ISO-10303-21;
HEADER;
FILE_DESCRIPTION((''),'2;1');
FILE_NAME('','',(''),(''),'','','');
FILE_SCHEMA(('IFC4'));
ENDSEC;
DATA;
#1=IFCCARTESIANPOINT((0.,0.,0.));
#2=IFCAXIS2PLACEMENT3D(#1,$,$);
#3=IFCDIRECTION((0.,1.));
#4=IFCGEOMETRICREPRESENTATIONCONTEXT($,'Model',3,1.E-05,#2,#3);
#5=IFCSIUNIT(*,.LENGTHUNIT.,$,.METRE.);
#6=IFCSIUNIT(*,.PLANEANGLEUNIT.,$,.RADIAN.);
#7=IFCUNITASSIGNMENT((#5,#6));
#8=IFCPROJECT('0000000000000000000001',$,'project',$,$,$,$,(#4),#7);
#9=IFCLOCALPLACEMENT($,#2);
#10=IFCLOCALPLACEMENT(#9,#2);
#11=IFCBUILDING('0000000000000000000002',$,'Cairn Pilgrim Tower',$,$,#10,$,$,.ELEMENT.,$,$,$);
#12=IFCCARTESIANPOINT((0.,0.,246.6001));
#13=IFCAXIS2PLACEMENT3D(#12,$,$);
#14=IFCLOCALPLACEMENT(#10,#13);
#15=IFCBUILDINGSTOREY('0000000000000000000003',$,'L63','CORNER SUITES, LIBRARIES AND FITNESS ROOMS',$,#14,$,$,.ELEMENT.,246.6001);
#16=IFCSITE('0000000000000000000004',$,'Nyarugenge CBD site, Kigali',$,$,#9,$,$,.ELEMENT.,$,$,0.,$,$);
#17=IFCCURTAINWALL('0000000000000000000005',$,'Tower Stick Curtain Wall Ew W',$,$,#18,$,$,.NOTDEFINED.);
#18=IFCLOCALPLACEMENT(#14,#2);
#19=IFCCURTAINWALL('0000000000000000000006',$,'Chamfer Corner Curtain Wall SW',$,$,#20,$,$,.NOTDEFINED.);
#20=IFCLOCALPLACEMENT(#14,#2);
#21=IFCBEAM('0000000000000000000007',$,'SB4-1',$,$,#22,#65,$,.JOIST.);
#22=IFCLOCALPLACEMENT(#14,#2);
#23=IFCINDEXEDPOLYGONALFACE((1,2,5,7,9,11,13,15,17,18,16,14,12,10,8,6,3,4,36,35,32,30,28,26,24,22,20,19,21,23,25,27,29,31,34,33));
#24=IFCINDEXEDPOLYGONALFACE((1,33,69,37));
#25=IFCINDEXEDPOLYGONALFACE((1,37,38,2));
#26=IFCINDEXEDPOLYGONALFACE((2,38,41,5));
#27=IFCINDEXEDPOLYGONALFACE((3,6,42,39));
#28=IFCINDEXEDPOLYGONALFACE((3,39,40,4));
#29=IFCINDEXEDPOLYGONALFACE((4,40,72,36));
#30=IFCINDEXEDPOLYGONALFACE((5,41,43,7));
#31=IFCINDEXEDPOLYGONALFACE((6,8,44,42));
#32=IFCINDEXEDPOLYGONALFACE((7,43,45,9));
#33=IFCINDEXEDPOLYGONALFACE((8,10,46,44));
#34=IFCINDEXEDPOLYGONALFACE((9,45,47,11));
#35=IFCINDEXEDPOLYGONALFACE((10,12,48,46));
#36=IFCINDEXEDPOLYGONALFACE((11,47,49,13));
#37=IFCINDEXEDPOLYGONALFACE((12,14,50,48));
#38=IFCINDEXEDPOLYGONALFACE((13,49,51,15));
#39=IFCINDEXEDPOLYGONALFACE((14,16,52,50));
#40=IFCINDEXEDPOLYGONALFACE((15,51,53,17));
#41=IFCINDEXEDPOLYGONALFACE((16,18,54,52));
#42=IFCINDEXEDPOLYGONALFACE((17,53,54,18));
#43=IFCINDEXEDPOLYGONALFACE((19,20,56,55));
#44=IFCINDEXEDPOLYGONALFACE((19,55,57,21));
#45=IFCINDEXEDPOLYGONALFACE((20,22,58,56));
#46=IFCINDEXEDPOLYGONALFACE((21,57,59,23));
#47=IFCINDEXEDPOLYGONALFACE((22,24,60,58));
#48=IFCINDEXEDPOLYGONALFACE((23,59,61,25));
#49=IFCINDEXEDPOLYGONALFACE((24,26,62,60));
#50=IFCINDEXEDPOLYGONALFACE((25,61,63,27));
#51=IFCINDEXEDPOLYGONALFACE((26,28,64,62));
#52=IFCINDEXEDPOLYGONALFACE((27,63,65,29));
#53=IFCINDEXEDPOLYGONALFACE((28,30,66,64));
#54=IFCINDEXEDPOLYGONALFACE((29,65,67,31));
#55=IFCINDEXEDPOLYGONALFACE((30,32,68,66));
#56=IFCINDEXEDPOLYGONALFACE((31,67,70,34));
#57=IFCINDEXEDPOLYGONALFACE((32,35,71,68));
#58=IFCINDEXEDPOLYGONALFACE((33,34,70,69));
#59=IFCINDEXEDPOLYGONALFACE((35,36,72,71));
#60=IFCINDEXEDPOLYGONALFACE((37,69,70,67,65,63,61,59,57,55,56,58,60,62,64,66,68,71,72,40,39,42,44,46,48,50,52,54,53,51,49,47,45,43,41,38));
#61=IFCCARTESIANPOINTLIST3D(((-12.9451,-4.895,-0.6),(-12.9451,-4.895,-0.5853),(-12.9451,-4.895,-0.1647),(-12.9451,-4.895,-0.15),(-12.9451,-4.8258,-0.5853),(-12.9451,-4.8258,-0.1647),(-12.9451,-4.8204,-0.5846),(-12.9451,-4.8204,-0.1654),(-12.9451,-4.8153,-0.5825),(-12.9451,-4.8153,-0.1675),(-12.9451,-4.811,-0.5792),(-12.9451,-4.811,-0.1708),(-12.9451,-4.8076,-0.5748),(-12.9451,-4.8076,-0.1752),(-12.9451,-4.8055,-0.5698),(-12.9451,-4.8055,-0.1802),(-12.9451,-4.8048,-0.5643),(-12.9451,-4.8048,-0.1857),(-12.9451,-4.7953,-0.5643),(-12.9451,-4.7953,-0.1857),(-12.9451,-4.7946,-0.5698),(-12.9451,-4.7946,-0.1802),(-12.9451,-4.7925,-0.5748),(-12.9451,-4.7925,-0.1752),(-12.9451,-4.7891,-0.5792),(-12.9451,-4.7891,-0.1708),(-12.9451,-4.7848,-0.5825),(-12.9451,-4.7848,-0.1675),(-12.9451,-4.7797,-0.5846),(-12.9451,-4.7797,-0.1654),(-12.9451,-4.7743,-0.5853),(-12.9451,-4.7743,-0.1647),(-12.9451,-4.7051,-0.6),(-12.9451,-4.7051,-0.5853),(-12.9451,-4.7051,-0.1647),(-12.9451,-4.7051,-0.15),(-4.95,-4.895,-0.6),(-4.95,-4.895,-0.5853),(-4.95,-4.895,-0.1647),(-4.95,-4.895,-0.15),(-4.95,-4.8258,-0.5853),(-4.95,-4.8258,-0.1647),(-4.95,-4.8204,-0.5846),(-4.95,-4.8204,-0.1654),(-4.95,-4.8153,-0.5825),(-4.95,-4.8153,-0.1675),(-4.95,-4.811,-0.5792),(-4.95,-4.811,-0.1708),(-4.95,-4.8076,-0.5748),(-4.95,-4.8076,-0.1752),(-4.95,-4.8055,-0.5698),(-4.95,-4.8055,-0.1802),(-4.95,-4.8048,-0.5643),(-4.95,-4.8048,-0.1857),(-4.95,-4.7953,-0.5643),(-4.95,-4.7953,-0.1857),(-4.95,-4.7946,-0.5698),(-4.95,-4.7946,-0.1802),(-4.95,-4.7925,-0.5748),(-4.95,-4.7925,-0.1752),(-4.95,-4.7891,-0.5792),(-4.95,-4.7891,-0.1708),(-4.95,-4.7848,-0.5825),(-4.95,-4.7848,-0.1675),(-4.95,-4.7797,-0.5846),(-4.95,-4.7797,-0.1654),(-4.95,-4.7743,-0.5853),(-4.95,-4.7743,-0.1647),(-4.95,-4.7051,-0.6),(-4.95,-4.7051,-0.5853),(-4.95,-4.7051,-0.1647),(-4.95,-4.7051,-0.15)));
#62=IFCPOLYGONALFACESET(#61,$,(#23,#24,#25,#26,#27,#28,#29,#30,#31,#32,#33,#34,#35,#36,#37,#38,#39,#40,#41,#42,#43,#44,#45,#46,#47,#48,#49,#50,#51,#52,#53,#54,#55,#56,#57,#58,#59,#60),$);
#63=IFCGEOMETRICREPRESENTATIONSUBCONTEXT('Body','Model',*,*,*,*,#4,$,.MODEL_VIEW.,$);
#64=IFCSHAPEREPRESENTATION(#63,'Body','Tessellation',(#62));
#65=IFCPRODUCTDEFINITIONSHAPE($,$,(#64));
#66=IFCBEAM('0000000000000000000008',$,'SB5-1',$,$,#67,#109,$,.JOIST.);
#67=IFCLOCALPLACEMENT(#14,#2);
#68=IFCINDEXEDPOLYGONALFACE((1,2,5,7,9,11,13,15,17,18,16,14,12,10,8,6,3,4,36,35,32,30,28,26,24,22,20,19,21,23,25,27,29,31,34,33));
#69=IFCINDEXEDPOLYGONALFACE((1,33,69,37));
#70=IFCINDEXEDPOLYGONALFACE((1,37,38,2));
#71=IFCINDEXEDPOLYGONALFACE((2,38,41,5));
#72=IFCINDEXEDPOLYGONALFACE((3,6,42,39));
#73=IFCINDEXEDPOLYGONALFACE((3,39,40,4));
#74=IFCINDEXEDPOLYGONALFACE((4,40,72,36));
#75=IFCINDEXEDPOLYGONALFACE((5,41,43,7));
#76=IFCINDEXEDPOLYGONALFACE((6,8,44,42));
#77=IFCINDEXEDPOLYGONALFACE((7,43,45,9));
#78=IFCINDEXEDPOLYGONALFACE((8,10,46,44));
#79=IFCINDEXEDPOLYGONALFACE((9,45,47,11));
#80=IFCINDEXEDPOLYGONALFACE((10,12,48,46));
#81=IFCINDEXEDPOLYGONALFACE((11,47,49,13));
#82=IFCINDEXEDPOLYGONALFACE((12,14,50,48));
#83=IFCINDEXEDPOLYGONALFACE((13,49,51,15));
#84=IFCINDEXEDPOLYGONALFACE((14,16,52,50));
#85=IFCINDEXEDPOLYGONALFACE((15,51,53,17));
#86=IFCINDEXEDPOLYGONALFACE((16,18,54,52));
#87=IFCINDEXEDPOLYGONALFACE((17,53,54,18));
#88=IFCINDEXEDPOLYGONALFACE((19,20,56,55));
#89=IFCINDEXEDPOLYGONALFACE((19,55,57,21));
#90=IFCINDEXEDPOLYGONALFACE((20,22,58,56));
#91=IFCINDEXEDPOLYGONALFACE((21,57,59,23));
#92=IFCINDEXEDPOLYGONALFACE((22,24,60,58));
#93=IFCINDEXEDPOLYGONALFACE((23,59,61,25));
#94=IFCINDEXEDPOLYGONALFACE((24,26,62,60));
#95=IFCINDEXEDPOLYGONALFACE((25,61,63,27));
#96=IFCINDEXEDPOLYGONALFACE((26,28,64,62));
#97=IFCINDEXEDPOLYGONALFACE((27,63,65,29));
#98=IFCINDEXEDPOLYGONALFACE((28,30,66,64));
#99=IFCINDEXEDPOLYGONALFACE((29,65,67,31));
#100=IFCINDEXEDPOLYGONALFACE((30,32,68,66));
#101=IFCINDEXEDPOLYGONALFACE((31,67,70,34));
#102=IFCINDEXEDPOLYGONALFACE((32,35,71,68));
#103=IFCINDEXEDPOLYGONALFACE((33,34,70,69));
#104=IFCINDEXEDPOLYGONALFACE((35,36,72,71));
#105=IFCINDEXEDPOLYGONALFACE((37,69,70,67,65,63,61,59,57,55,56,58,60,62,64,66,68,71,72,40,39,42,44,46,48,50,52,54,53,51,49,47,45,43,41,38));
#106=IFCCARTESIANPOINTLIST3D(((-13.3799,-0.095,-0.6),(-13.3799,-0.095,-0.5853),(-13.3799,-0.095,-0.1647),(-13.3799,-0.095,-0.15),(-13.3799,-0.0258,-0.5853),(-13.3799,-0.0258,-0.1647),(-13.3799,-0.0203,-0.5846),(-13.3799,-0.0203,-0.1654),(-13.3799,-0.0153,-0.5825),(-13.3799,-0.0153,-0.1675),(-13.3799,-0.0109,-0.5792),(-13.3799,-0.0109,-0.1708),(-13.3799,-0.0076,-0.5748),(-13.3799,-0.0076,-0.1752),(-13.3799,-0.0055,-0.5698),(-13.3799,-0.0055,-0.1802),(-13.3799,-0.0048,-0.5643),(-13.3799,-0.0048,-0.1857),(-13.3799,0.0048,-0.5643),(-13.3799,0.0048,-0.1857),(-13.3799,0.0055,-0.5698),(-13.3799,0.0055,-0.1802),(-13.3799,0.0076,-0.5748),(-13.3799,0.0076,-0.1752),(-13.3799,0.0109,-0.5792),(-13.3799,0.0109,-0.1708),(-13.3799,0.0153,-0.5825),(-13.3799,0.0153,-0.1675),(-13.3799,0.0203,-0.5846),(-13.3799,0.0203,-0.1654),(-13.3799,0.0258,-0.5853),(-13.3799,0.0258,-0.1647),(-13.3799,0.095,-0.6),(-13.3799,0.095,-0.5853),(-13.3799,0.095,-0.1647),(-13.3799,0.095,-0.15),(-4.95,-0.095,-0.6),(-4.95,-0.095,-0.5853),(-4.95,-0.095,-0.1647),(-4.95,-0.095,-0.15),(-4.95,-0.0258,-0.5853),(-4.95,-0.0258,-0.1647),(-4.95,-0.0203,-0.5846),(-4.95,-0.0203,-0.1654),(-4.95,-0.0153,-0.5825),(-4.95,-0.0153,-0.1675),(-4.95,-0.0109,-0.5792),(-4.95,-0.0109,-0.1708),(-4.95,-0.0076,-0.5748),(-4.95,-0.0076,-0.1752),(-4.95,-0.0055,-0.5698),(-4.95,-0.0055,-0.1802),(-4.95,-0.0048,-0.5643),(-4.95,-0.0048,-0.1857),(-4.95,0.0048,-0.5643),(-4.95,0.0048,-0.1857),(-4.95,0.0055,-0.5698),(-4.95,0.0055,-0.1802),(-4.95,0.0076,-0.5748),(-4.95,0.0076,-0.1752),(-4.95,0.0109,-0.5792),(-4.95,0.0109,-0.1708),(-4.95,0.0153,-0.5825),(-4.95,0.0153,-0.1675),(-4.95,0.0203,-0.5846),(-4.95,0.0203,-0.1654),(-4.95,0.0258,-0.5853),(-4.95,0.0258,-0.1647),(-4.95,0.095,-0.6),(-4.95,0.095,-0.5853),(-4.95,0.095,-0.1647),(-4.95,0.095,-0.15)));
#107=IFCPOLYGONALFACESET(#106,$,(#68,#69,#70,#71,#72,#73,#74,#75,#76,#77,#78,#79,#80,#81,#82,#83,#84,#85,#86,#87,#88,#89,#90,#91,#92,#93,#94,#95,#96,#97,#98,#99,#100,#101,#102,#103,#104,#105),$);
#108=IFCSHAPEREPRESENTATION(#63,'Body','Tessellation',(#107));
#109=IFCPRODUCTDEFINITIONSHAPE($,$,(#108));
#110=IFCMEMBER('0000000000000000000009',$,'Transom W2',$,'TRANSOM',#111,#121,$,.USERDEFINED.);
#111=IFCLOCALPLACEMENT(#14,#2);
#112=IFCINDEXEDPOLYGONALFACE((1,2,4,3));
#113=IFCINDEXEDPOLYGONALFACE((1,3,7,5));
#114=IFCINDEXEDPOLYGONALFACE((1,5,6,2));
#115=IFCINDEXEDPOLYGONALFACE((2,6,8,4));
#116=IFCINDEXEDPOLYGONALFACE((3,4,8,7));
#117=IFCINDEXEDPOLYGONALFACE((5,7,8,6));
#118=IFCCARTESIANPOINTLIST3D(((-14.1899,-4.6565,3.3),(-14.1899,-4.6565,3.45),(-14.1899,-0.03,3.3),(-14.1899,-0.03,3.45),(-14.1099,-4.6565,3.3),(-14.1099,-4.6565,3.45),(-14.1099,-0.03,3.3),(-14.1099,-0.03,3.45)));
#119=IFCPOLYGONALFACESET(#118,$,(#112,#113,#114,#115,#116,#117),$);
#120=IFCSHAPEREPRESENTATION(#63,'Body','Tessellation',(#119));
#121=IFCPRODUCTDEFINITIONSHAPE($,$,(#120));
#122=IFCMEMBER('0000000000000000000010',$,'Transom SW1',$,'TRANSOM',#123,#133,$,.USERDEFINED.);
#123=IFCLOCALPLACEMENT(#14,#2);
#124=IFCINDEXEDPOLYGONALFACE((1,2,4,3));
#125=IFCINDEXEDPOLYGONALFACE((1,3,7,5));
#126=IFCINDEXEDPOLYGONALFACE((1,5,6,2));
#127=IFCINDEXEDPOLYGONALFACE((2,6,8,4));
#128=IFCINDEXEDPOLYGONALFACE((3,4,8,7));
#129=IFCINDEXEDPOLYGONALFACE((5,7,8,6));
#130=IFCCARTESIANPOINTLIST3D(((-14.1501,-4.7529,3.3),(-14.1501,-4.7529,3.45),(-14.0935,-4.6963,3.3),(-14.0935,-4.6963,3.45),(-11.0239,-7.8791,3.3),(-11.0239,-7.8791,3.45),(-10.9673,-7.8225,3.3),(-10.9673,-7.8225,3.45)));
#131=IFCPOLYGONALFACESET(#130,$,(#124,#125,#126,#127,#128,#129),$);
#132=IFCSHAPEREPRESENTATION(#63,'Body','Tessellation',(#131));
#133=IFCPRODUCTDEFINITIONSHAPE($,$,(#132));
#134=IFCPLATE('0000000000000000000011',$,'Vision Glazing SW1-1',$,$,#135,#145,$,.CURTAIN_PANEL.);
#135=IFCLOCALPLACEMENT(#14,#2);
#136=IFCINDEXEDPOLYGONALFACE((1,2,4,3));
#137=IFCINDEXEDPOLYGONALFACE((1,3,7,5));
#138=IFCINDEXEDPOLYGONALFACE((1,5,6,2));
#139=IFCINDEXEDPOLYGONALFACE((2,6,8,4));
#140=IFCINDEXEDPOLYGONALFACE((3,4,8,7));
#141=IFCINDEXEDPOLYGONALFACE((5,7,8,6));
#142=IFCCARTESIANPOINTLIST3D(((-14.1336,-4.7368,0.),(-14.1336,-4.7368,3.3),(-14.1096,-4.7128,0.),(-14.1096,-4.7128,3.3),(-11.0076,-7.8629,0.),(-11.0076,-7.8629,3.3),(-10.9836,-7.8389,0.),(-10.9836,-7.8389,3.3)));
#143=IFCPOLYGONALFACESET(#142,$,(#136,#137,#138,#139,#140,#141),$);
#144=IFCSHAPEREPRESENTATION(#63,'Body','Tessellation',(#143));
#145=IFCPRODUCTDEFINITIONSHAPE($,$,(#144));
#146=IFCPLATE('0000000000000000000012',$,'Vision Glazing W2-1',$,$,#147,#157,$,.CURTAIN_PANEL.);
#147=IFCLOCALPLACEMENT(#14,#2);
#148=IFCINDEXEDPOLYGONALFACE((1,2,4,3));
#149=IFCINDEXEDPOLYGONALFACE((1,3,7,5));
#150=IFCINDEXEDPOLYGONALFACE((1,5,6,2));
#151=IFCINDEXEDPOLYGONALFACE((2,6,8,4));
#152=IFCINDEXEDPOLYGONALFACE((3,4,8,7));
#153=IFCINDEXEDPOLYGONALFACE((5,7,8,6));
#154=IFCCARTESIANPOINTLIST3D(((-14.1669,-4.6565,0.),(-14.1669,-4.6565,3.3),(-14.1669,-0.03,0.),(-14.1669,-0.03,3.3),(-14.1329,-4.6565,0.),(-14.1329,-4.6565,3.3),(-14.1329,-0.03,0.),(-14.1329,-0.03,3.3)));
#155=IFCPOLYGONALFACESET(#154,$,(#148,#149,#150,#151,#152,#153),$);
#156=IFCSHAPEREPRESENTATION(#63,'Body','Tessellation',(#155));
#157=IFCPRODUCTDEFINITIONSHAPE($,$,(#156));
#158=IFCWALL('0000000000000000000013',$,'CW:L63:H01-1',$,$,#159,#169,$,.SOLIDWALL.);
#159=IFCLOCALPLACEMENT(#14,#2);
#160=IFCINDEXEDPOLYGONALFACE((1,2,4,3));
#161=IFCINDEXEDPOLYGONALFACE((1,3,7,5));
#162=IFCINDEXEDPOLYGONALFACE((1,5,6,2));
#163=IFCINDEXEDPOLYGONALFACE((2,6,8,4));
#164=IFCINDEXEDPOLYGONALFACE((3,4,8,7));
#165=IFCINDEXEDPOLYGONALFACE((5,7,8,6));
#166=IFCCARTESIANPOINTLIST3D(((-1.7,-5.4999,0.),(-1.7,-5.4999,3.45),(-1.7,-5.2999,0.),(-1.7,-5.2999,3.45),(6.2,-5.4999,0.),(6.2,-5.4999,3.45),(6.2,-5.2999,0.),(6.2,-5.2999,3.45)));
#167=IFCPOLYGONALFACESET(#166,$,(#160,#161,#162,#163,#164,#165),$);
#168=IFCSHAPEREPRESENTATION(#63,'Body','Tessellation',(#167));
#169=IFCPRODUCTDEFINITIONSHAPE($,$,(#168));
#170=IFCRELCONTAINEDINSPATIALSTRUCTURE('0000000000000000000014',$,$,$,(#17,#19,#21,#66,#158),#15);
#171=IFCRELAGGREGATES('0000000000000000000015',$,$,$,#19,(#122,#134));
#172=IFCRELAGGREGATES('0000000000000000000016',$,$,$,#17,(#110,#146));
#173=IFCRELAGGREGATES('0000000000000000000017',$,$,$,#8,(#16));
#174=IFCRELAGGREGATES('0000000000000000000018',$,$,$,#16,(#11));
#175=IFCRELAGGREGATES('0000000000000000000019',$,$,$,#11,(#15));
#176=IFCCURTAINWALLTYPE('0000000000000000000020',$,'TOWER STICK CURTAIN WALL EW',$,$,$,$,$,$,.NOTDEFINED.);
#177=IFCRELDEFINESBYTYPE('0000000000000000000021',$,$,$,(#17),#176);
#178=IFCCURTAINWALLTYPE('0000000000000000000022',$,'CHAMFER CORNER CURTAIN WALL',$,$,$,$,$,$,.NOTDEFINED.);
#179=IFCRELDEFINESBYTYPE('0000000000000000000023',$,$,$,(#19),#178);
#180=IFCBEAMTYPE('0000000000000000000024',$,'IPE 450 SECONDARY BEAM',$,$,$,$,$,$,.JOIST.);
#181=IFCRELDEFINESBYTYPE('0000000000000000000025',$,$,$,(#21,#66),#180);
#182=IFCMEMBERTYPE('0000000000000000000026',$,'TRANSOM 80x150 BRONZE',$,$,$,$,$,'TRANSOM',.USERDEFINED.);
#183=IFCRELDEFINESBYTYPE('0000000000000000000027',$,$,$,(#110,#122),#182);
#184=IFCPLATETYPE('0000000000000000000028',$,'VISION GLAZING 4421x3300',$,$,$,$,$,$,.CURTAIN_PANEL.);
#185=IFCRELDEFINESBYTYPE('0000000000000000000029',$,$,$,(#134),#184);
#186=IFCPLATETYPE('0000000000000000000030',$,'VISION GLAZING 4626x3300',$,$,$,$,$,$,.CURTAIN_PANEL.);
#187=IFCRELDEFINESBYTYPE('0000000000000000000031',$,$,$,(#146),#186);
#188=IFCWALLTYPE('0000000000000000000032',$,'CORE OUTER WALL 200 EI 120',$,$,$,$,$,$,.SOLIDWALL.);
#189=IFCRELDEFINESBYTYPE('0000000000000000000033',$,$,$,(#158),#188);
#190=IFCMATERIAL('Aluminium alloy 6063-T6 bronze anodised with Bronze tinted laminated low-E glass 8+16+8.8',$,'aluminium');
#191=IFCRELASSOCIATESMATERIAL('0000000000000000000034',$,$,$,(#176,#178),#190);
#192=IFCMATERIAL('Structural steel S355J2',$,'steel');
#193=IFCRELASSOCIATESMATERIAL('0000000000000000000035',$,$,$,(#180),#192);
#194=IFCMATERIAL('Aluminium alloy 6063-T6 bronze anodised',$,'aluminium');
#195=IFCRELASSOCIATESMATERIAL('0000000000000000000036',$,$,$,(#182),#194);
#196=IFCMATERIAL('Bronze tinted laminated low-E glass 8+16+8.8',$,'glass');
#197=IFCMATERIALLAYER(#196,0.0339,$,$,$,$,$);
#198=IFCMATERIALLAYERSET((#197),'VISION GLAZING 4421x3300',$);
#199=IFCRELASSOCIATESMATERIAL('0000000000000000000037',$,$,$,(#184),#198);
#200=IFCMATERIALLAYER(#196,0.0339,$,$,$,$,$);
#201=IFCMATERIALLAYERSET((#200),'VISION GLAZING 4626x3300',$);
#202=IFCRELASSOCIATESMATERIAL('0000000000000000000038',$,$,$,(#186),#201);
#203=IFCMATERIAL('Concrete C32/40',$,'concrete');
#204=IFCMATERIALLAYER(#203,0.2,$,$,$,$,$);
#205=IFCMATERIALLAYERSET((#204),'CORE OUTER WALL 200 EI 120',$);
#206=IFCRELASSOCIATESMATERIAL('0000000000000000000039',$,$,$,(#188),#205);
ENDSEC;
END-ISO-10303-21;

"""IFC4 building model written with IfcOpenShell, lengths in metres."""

from ifc_helpers import new_model, si_unit, direction, frame, frame_2d, origin, origin_2d, place, context, subcontext, project, spatial, rectangle, i_section, extrude, material, layer, layer_set, material_profile, profile_set, type_object, element, aggregate, save


model = new_model("IFC4")

# Units and contexts
model_context = context("Model", 3, precision=1e-05, world=origin(), true_north=direction((0.0, 1.0)))
body_context = subcontext(model_context, "Body", "Model", "MODEL_VIEW")
ifc_project = project(units=[si_unit("LENGTHUNIT", "METRE"), si_unit("PLANEANGLEUNIT", "RADIAN")], contexts=[model_context])

# Site, building, storey
site_placement = place(None, origin())
site = spatial("IfcSite", under=ifc_project, at=site_placement, Name="Nyarugenge CBD site, Kigali", CompositionType="ELEMENT", RefElevation=0.0)
building_placement = place(site_placement, origin())
building = spatial("IfcBuilding", under=site, at=building_placement, Name="Cairn Pilgrim Tower", CompositionType="ELEMENT")
storey_placement = place(building_placement, frame((0.0, 0.0, 246.6001)))
storey = spatial("IfcBuildingStorey", under=building, at=storey_placement, Name="L63", Description="CORNER SUITES, LIBRARIES AND FITNESS ROOMS", CompositionType="ELEMENT", Elevation=246.6001)

# Shared definitions
ifc_material_1 = material(Name="Structural steel S355J2", Category="steel")

# Curtain wall
ifc_material_2 = material(Name="Aluminium alloy 6063-T6 bronze anodised with Bronze tinted laminated low-E glass 8+16+8.8", Category="aluminium")
curtain_wall_type_1 = type_object("IfcCurtainWallType", Name="TOWER STICK CURTAIN WALL EW", PredefinedType="NOTDEFINED", material=ifc_material_2)
curtain_wall_1_placement = place(storey_placement, origin())
curtain_wall_1 = element("IfcCurtainWall", 1, at=curtain_wall_1_placement, inside=storey, type_object=curtain_wall_type_1, Name="Tower Stick Curtain Wall Ew W", PredefinedType="NOTDEFINED")
ifc_material_3 = material(Name="Aluminium alloy 6063-T6 bronze anodised", Category="aluminium")

# Curtain wall
curtain_wall_type_2 = type_object("IfcCurtainWallType", Name="CHAMFER CORNER CURTAIN WALL", PredefinedType="NOTDEFINED", material=ifc_material_2)
curtain_wall_2_placement = place(storey_placement, origin())
curtain_wall_2 = element("IfcCurtainWall", 2, at=curtain_wall_2_placement, inside=storey, type_object=curtain_wall_type_2, Name="Chamfer Corner Curtain Wall SW", PredefinedType="NOTDEFINED")

# Beams
ifc_material_profile_1 = material_profile(ifc_material_1, i_section(OverallWidth=0.1899, OverallDepth=0.45, WebThickness=0.0095, FlangeThickness=0.0146, FilletRadius=0.021, at=origin_2d()), Name="IPE 450")
ifc_profile_set_1 = profile_set([ifc_material_profile_1], Name="Structural steel S355J2")
beam_type_1 = type_object("IfcBeamType", Name="IPE 450 SECONDARY BEAM", PredefinedType="JOIST", material=ifc_profile_set_1)
beam_1_placement = place(storey_placement, frame((-12.9451, -4.8, -0.375), z_axis=(1.0, 0.0, 0.0), x_axis=(0.0, 1.0, 0.0)))
element("IfcBeam", 3, at=beam_1_placement, inside=storey, type_object=beam_type_1, Name="SB4-1", PredefinedType="JOIST", context=body_context, shape_type="SweptSolid", body=[
    extrude(i_section(OverallWidth=0.1899, OverallDepth=0.45, WebThickness=0.0095, FlangeThickness=0.0146, FilletRadius=0.021, at=origin_2d()), origin(), (0.0, 0.0, 1.0), 7.9951),
])
beam_2_placement = place(storey_placement, frame((-13.3799, 0.0, -0.375), z_axis=(1.0, 0.0, 0.0), x_axis=(0.0, 1.0, 0.0)))
element("IfcBeam", 4, at=beam_2_placement, inside=storey, type_object=beam_type_1, Name="SB5-1", PredefinedType="JOIST", context=body_context, shape_type="SweptSolid", body=[
    extrude(i_section(OverallWidth=0.1899, OverallDepth=0.45, WebThickness=0.0095, FlangeThickness=0.0146, FilletRadius=0.021, at=origin_2d()), origin(), (0.0, 0.0, 1.0), 8.4299),
])

# Members
ifc_material_profile_2 = material_profile(ifc_material_3, rectangle(XDim=0.0801, YDim=0.1499, at=origin_2d()), Name="TRANSOM 80x150 BRONZE")
ifc_profile_set_2 = profile_set([ifc_material_profile_2], Name="Aluminium alloy 6063-T6 bronze anodised")
member_type_1 = type_object("IfcMemberType", Name="TRANSOM 80x150 BRONZE", ElementType="TRANSOM", PredefinedType="USERDEFINED", material=ifc_profile_set_2)
member_1_placement = place(storey_placement, frame((-14.1499, -0.03, 3.375), z_axis=(0.0, -1.0, 0.0), x_axis=(1.0, 0.0, 0.0)))
member_1 = element("IfcMember", 5, at=member_1_placement, type_object=member_type_1, Name="Transom W2", ObjectType="TRANSOM", PredefinedType="USERDEFINED", context=body_context, shape_type="SweptSolid", body=[
    extrude(rectangle(XDim=0.0801, YDim=0.1499, at=origin_2d()), origin(), (0.0, 0.0, 1.0), 4.6265),
])
member_2_placement = place(storey_placement, frame((-14.1218, -4.7246, 3.375), z_axis=(0.707107, -0.707107, 0.0), x_axis=(0.707107, 0.707107, 0.0)))
member_2 = element("IfcMember", 6, at=member_2_placement, type_object=member_type_1, Name="Transom SW1", ObjectType="TRANSOM", PredefinedType="USERDEFINED", context=body_context, shape_type="SweptSolid", body=[
    extrude(rectangle(XDim=0.0801, YDim=0.1499, at=origin_2d()), origin(), (0.0, 0.0, 1.0), 4.4211),
])

# Plates
ifc_material_4 = material(Name="Bronze tinted laminated low-E glass 8+16+8.8", Category="glass")
ifc_layer_1 = layer(ifc_material_4, 0.0339)
ifc_layer_set_1 = layer_set([ifc_layer_1], Name="VISION GLAZING 4421x3300")
plate_type_1 = type_object("IfcPlateType", Name="VISION GLAZING 4421x3300", PredefinedType="CURTAIN_PANEL", material=ifc_layer_set_1)
plate_1_placement = place(storey_placement, frame((-12.5586, -6.2878, 0.0), z_axis=(0.0, 0.0, 1.0), x_axis=(0.707107, -0.707107, 0.0)))
plate_1 = element("IfcPlate", 7, at=plate_1_placement, type_object=plate_type_1, Name="Vision Glazing SW1-1", PredefinedType="CURTAIN_PANEL", context=body_context, shape_type="SweptSolid", body=[
    extrude(rectangle(XDim=4.4209, YDim=0.0339, at=origin_2d()), origin(), (0.0, 0.0, 1.0), 3.3),
])
aggregate(curtain_wall_2, [member_2, plate_1])
ifc_layer_2 = layer(ifc_material_4, 0.0339)
ifc_layer_set_2 = layer_set([ifc_layer_2], Name="VISION GLAZING 4626x3300")
plate_type_2 = type_object("IfcPlateType", Name="VISION GLAZING 4626x3300", PredefinedType="CURTAIN_PANEL", material=ifc_layer_set_2)
plate_2_placement = place(storey_placement, frame((-14.1499, -2.3433, 0.0), z_axis=(0.0, 0.0, 1.0), x_axis=(0.0, -1.0, 0.0)))
plate_2 = element("IfcPlate", 8, at=plate_2_placement, type_object=plate_type_2, Name="Vision Glazing W2-1", PredefinedType="CURTAIN_PANEL", context=body_context, shape_type="SweptSolid", body=[
    extrude(rectangle(XDim=4.6265, YDim=0.0339, at=origin_2d()), origin(), (0.0, 0.0, 1.0), 3.3),
])
aggregate(curtain_wall_1, [member_1, plate_2])

# Wall
ifc_material_5 = material(Name="Concrete C32/40", Category="concrete")
ifc_layer_3 = layer(ifc_material_5, 0.2)
ifc_layer_set_3 = layer_set([ifc_layer_3], Name="CORE OUTER WALL 200 EI 120")
wall_type_1 = type_object("IfcWallType", Name="CORE OUTER WALL 200 EI 120", PredefinedType="SOLIDWALL", material=ifc_layer_set_3)
wall_1_placement = place(storey_placement, frame((-1.7, -5.3999, 0.0), z_axis=(0.0, 0.0, 1.0), x_axis=(1.0, 0.0, 0.0)))
element("IfcWall", 9, at=wall_1_placement, inside=storey, type_object=wall_type_1, Name="CW:L63:H01-1", PredefinedType="SOLIDWALL", context=body_context, shape_type="SweptSolid", body=[
    extrude(rectangle(XDim=7.8999, YDim=0.2, at=frame_2d((3.95, 0.0))), origin(), (0.0, 0.0, 1.0), 3.45),
])

save(model, "model.ifc")
